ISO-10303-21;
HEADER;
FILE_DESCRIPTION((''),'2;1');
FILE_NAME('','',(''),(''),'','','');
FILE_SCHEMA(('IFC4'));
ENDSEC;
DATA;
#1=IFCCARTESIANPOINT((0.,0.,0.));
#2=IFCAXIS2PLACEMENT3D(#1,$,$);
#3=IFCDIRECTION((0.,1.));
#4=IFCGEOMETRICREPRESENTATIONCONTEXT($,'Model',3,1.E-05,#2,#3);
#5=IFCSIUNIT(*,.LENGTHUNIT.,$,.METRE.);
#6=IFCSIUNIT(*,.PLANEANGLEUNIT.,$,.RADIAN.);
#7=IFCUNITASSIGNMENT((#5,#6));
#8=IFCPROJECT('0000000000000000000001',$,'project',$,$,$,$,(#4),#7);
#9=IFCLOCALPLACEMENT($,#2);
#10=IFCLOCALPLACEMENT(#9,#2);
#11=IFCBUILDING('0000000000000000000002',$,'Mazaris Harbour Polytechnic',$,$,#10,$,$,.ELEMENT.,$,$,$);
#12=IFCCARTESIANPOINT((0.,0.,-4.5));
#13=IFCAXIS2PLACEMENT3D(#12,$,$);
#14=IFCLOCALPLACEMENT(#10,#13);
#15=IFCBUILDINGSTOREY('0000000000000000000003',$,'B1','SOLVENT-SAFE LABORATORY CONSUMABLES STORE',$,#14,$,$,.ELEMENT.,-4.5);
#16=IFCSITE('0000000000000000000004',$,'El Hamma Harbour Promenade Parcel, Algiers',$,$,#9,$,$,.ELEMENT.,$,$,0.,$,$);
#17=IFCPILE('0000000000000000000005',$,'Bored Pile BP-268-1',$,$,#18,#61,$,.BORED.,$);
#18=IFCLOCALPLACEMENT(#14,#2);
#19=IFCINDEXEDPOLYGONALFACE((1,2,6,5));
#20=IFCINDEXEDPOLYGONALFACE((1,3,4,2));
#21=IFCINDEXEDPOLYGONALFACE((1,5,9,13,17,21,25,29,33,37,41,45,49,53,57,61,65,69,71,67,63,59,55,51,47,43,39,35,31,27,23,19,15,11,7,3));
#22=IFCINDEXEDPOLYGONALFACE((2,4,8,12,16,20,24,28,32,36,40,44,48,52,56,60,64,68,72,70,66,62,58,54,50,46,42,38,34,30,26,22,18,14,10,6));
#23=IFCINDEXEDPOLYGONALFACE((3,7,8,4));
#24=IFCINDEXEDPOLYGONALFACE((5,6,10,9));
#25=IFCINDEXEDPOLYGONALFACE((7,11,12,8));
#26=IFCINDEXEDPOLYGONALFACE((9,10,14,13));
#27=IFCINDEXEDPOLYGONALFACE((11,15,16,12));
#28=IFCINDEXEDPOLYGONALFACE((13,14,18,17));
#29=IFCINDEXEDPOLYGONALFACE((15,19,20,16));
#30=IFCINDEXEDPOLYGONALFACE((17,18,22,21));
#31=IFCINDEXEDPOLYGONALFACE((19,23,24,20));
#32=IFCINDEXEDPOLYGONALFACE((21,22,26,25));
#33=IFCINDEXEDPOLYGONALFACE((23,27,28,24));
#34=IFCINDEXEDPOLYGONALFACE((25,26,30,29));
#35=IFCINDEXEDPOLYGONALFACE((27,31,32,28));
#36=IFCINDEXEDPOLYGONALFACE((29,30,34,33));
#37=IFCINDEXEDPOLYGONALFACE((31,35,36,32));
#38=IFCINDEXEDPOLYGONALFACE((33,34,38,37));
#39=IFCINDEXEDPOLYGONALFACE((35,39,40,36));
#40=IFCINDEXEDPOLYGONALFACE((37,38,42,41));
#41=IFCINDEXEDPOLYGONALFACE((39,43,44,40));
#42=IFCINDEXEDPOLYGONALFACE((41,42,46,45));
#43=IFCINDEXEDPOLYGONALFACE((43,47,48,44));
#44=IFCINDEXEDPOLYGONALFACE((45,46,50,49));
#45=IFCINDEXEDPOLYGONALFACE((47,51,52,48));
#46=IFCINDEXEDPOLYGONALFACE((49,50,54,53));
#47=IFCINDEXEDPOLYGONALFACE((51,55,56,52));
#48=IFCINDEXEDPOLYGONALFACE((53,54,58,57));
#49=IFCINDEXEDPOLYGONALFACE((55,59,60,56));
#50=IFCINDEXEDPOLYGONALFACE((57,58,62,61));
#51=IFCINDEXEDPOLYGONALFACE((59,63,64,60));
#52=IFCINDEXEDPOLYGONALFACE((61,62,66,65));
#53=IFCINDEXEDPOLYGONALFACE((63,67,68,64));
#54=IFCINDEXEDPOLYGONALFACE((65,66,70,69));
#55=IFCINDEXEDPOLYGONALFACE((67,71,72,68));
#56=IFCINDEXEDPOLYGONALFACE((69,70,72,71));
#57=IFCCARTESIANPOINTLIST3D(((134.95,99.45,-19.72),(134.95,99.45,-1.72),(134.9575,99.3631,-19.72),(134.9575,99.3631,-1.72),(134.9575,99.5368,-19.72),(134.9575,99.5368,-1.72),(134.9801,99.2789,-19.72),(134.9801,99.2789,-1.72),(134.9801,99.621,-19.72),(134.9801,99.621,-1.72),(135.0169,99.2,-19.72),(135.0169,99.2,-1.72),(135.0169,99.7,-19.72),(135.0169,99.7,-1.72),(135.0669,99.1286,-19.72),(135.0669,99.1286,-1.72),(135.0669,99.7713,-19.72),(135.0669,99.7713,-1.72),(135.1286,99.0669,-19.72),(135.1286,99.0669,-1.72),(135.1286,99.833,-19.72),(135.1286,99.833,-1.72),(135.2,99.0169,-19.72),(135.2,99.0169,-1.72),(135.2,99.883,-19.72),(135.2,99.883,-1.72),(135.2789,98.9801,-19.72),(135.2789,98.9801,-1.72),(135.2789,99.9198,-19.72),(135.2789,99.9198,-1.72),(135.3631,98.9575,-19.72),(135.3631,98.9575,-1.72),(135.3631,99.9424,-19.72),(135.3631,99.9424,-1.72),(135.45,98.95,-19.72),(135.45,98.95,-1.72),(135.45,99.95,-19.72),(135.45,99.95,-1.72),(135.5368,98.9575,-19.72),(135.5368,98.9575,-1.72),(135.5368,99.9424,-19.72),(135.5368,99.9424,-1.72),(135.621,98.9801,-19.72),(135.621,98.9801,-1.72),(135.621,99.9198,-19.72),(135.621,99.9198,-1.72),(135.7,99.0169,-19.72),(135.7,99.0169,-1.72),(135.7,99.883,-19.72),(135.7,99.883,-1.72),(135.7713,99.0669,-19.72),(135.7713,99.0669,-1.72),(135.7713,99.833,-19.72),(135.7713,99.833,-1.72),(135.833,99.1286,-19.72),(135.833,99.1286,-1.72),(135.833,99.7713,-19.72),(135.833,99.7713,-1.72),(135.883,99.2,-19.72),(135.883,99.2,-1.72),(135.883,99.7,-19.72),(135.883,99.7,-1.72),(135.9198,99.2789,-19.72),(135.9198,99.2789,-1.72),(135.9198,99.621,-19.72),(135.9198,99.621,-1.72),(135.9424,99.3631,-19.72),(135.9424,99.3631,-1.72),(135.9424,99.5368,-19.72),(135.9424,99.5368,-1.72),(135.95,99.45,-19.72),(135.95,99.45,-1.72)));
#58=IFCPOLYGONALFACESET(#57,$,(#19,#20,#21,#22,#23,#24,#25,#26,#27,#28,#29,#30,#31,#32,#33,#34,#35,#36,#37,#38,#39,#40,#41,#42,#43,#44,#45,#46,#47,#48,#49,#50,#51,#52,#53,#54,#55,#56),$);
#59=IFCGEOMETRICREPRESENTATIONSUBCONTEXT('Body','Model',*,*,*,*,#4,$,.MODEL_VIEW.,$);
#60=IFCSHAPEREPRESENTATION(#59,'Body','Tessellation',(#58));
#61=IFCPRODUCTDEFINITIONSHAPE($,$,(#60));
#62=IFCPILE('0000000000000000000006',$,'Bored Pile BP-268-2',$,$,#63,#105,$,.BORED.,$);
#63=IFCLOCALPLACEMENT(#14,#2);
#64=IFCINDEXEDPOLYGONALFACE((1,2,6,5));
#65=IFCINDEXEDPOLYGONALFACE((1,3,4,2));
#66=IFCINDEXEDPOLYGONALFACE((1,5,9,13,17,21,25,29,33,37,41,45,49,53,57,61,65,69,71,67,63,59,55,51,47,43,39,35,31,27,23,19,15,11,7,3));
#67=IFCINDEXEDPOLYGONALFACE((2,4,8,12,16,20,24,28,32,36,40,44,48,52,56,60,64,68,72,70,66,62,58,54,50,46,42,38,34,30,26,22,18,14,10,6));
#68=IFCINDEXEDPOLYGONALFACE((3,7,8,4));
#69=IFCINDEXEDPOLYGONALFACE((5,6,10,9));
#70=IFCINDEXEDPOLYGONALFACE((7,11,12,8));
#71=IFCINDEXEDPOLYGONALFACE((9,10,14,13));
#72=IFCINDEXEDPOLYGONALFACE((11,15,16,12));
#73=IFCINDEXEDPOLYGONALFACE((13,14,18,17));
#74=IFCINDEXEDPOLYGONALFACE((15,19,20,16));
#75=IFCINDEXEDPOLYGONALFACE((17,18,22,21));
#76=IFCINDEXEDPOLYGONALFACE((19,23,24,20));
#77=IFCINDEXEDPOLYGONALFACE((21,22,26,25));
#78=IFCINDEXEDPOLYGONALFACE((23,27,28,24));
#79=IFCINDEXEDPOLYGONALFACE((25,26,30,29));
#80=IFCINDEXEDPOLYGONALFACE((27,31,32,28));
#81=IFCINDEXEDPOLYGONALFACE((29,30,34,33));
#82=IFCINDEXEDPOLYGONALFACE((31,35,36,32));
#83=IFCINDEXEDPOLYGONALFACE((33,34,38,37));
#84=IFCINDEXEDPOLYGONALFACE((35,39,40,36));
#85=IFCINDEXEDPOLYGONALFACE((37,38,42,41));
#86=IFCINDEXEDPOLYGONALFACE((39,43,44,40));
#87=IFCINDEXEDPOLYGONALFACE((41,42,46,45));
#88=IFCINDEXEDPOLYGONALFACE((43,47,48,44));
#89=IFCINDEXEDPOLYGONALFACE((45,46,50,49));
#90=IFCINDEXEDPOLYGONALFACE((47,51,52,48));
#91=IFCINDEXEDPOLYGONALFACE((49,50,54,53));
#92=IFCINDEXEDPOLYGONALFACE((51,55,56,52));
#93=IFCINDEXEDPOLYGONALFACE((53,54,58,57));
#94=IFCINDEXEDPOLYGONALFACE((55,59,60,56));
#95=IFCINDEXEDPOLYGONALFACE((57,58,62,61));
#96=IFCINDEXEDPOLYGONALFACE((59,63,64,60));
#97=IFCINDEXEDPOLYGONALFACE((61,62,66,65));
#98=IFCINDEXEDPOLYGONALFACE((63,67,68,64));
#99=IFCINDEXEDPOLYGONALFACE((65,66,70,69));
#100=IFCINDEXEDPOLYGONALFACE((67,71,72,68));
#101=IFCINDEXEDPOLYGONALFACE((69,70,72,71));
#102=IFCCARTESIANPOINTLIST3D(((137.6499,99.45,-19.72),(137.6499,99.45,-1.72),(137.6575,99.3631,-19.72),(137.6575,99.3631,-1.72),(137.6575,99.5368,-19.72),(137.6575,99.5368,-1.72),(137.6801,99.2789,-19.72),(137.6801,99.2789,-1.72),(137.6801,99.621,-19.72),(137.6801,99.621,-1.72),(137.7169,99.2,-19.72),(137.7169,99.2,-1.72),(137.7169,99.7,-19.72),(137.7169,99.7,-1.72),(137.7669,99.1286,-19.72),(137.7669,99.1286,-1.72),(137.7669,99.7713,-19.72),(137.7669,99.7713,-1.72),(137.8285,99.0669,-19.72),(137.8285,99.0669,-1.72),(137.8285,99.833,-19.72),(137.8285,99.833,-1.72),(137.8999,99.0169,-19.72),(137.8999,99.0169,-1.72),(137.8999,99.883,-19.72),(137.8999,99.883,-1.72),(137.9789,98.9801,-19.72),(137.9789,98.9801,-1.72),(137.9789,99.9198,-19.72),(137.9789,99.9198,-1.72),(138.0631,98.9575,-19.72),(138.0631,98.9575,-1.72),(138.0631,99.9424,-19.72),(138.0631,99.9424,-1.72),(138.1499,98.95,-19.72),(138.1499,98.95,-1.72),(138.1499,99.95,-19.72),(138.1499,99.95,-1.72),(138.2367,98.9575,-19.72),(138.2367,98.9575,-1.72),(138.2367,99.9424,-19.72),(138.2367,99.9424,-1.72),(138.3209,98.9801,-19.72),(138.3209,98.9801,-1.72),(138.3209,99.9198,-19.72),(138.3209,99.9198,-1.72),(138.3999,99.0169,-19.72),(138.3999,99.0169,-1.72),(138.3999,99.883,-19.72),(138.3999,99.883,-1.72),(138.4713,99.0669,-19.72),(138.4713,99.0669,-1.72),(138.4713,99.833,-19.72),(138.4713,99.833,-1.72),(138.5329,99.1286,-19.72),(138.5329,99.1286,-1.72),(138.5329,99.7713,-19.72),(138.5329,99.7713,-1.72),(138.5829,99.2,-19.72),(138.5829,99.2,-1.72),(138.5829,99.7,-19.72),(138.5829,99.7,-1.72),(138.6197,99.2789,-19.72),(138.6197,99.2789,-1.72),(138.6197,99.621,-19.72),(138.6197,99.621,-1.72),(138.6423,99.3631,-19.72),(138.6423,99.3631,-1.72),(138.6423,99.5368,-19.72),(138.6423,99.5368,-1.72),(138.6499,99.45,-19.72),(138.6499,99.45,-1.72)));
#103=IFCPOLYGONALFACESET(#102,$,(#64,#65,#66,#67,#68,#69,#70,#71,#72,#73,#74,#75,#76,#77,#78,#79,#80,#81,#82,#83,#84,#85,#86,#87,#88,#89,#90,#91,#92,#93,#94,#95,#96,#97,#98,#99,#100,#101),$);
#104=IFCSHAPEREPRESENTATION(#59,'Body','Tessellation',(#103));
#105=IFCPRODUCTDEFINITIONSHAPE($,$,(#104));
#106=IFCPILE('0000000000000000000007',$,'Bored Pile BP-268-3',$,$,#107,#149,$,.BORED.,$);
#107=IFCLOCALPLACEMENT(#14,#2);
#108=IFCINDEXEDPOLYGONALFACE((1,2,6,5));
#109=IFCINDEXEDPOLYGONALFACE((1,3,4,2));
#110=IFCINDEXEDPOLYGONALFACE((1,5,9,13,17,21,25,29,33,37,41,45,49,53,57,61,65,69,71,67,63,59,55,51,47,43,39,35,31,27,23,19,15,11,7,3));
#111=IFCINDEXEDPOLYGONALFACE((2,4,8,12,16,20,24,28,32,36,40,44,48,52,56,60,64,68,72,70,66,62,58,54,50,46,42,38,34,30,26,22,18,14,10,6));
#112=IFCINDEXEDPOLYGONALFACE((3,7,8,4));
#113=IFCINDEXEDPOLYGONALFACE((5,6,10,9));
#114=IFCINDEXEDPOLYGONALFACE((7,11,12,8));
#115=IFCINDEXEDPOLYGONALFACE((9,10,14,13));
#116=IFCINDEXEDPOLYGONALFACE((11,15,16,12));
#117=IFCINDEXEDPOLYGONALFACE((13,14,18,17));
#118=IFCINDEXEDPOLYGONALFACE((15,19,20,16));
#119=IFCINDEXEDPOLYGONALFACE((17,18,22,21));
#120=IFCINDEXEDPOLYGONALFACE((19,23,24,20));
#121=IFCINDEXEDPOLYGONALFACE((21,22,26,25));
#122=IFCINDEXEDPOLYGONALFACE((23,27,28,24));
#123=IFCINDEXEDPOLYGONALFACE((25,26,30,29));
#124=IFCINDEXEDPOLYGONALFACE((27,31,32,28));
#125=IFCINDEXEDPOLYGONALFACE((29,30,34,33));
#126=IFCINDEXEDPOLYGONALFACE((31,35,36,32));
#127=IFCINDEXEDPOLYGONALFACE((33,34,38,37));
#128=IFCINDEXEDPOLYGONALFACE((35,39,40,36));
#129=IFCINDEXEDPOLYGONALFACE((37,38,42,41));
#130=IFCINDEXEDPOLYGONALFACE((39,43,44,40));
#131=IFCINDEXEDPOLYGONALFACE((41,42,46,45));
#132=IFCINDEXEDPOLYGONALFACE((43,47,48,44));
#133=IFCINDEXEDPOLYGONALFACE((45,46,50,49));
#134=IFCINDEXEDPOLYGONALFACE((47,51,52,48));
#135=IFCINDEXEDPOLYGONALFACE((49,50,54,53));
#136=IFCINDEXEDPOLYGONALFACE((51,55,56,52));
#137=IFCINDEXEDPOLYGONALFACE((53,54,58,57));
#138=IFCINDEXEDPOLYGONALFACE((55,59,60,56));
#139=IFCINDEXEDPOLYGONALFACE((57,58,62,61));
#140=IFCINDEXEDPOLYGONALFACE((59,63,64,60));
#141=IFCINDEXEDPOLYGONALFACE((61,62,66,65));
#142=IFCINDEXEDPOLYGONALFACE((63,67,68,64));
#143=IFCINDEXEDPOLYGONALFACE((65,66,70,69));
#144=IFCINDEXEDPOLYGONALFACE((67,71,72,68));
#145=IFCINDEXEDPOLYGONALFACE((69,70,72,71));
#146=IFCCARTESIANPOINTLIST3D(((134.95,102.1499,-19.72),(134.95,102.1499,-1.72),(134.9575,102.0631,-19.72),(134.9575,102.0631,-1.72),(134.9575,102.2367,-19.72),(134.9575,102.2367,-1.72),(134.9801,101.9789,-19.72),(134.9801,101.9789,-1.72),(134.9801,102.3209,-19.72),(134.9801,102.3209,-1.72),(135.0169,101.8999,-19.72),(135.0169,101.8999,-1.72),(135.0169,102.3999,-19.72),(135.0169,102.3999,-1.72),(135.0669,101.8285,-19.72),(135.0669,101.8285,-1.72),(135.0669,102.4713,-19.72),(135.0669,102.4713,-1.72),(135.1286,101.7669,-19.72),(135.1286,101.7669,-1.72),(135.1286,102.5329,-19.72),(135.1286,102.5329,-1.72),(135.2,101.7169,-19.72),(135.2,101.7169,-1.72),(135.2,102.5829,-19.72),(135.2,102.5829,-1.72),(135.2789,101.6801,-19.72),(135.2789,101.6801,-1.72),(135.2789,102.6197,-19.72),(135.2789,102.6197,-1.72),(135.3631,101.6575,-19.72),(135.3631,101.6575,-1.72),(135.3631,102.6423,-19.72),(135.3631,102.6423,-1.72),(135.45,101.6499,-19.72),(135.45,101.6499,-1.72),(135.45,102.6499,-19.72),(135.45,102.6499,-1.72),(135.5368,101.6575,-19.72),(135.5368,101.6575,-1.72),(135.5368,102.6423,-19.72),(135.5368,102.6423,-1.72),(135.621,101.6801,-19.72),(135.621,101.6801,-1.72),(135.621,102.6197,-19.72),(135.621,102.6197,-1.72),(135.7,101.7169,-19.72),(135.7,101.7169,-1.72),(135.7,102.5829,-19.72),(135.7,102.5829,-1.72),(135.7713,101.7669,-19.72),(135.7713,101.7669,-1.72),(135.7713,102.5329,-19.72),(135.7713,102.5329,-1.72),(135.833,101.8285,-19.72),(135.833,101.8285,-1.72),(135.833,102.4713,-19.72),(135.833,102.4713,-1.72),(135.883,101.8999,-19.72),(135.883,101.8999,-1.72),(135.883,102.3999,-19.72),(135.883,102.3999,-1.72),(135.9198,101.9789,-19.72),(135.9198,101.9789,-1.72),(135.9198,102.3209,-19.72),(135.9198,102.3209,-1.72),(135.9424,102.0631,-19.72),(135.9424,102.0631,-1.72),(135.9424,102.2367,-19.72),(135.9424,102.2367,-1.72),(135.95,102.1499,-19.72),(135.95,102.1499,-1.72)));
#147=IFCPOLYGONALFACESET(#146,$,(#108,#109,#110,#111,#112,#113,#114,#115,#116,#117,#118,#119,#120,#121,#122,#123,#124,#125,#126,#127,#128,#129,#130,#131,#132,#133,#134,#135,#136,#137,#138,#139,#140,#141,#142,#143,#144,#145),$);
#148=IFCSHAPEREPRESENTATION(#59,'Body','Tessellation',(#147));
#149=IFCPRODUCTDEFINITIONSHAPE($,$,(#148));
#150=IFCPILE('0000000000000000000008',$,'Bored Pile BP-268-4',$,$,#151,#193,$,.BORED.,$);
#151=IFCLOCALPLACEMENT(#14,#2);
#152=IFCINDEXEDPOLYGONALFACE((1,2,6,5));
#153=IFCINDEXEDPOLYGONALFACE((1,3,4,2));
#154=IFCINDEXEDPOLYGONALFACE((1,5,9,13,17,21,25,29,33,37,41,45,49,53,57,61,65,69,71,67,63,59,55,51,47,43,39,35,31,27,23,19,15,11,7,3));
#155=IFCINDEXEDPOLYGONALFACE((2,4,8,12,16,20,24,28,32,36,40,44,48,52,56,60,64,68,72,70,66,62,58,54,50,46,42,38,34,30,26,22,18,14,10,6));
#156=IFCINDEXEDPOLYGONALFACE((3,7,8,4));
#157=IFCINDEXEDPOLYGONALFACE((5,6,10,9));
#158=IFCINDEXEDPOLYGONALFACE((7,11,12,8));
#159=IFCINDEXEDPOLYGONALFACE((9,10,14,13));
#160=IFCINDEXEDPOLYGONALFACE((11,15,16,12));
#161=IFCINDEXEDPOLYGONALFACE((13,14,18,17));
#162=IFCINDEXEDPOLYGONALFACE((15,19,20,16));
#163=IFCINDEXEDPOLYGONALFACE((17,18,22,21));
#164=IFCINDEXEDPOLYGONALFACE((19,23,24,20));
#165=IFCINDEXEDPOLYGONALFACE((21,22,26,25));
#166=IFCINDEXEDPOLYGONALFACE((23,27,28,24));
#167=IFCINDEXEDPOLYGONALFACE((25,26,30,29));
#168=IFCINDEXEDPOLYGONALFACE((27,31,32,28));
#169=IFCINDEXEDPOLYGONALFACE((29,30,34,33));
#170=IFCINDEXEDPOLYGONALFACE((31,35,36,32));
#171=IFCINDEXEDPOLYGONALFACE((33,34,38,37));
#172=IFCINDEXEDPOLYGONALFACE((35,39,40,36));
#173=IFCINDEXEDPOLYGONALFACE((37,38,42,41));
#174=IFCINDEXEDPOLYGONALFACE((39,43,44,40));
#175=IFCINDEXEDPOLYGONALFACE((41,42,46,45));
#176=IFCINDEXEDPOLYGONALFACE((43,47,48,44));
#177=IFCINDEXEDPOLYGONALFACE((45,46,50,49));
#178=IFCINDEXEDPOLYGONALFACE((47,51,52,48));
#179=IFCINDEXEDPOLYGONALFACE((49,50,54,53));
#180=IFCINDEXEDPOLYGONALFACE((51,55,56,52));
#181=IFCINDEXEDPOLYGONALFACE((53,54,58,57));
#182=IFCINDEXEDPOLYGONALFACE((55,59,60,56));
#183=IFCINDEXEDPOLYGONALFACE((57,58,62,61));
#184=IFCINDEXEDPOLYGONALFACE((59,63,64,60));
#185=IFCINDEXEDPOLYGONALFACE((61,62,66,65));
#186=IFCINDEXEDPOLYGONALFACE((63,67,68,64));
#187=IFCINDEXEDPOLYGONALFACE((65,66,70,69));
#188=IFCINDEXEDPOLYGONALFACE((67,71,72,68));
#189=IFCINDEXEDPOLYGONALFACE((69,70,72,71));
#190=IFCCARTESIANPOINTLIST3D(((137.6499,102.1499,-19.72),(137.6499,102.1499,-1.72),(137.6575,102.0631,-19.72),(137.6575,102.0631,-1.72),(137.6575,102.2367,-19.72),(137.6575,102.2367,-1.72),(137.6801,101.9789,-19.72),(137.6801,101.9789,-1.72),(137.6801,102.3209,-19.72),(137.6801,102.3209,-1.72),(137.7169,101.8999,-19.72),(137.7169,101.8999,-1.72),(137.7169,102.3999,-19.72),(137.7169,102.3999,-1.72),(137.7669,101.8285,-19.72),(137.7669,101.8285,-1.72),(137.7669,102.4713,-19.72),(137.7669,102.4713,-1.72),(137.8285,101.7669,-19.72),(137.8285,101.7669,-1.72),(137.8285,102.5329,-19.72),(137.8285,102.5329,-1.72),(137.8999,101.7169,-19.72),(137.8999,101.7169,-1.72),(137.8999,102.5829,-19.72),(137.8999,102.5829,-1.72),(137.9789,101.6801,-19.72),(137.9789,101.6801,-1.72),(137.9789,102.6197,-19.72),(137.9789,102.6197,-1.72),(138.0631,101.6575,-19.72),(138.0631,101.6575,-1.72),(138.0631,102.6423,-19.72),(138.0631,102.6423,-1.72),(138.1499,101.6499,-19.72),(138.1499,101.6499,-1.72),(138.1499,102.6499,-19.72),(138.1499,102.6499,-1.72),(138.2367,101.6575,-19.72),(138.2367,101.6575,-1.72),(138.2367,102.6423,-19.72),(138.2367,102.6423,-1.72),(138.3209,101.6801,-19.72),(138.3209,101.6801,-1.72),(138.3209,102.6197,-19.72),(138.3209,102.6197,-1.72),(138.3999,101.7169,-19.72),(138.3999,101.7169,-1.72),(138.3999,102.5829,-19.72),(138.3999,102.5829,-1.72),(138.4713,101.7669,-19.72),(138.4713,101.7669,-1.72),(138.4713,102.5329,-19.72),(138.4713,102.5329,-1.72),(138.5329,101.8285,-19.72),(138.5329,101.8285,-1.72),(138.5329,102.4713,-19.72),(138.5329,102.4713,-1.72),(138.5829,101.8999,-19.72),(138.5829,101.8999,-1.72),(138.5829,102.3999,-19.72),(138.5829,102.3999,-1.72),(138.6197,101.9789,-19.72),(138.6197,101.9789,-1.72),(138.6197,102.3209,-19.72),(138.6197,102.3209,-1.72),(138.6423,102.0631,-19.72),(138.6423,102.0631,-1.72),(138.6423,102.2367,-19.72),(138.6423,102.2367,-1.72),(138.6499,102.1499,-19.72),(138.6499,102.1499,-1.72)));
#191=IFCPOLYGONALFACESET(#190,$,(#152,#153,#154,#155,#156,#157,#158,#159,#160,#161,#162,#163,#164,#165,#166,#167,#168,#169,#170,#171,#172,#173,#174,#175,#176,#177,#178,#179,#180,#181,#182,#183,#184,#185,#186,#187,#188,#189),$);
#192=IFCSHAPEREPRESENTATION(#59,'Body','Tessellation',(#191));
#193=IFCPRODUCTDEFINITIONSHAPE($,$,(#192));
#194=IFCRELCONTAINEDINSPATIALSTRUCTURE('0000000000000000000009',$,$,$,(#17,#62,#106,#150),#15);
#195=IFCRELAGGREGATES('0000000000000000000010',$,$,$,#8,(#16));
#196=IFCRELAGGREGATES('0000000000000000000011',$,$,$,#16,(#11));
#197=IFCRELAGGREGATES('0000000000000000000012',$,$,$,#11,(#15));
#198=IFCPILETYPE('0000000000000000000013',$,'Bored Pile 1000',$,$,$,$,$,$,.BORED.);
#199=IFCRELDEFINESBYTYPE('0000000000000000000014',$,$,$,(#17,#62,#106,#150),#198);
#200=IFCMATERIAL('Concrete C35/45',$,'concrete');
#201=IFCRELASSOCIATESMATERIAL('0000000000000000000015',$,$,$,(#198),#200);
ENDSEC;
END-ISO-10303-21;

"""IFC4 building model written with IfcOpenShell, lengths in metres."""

from ifc_helpers import new_model, si_unit, direction, frame, origin, origin_2d, place, context, subcontext, project, spatial, circle, extrude, material, material_profile, profile_set, type_object, element, save


model = new_model("IFC4")

# Units and contexts
model_context = context("Model", 3, precision=1e-05, world=origin(), true_north=direction((0.0, 1.0)))
body_context = subcontext(model_context, "Body", "Model", "MODEL_VIEW")
ifc_project = project(units=[si_unit("LENGTHUNIT", "METRE"), si_unit("PLANEANGLEUNIT", "RADIAN")], contexts=[model_context])

# Site, building, storey
site_placement = place(None, origin())
site = spatial("IfcSite", under=ifc_project, at=site_placement, Name="El Hamma Harbour Promenade Parcel, Algiers", CompositionType="ELEMENT", RefElevation=0.0)
building_placement = place(site_placement, origin())
building = spatial("IfcBuilding", under=site, at=building_placement, Name="Mazaris Harbour Polytechnic", CompositionType="ELEMENT")
storey_placement = place(building_placement, frame((0.0, 0.0, -4.5)))
storey = spatial("IfcBuildingStorey", under=building, at=storey_placement, Name="B1", Description="SOLVENT-SAFE LABORATORY CONSUMABLES STORE", CompositionType="ELEMENT", Elevation=-4.5)

# Piles
ifc_material_1 = material(Name="Concrete C35/45", Category="concrete")
ifc_material_profile_1 = material_profile(ifc_material_1, circle(Radius=0.5, at=origin_2d()), Name="DIA1000")
ifc_profile_set_1 = profile_set([ifc_material_profile_1], Name="Concrete C35/45")
pile_type_1 = type_object("IfcPileType", Name="Bored Pile 1000", PredefinedType="BORED", material=ifc_profile_set_1)
for number, where, z_axis, x_axis, name in (
    (1, (135.45, 99.45, -1.72), (0.0, 0.0, -1.0), (1.0, 0.0, 0.0), "Bored Pile BP-268-1"),
    (2, (138.1499, 99.45, -1.72), (0.0, 0.0, -1.0), (1.0, 0.0, 0.0), "Bored Pile BP-268-2"),
    (3, (135.45, 102.1499, -1.72), (0.0, 0.0, -1.0), (1.0, 0.0, 0.0), "Bored Pile BP-268-3"),
    (4, (138.1499, 102.1499, -1.72), (0.0, 0.0, -1.0), (1.0, 0.0, 0.0), "Bored Pile BP-268-4"),
):
    element("IfcPile", number, at=place(storey_placement, frame(where, z_axis=z_axis, x_axis=x_axis)), inside=storey, type_object=pile_type_1, Name=name, PredefinedType="BORED", context=body_context, shape_type="SweptSolid", body=[
        extrude(circle(Radius=0.5, at=origin_2d()), origin(), (0.0, 0.0, 1.0), 18.0),
    ])

save(model, "model.ifc")
